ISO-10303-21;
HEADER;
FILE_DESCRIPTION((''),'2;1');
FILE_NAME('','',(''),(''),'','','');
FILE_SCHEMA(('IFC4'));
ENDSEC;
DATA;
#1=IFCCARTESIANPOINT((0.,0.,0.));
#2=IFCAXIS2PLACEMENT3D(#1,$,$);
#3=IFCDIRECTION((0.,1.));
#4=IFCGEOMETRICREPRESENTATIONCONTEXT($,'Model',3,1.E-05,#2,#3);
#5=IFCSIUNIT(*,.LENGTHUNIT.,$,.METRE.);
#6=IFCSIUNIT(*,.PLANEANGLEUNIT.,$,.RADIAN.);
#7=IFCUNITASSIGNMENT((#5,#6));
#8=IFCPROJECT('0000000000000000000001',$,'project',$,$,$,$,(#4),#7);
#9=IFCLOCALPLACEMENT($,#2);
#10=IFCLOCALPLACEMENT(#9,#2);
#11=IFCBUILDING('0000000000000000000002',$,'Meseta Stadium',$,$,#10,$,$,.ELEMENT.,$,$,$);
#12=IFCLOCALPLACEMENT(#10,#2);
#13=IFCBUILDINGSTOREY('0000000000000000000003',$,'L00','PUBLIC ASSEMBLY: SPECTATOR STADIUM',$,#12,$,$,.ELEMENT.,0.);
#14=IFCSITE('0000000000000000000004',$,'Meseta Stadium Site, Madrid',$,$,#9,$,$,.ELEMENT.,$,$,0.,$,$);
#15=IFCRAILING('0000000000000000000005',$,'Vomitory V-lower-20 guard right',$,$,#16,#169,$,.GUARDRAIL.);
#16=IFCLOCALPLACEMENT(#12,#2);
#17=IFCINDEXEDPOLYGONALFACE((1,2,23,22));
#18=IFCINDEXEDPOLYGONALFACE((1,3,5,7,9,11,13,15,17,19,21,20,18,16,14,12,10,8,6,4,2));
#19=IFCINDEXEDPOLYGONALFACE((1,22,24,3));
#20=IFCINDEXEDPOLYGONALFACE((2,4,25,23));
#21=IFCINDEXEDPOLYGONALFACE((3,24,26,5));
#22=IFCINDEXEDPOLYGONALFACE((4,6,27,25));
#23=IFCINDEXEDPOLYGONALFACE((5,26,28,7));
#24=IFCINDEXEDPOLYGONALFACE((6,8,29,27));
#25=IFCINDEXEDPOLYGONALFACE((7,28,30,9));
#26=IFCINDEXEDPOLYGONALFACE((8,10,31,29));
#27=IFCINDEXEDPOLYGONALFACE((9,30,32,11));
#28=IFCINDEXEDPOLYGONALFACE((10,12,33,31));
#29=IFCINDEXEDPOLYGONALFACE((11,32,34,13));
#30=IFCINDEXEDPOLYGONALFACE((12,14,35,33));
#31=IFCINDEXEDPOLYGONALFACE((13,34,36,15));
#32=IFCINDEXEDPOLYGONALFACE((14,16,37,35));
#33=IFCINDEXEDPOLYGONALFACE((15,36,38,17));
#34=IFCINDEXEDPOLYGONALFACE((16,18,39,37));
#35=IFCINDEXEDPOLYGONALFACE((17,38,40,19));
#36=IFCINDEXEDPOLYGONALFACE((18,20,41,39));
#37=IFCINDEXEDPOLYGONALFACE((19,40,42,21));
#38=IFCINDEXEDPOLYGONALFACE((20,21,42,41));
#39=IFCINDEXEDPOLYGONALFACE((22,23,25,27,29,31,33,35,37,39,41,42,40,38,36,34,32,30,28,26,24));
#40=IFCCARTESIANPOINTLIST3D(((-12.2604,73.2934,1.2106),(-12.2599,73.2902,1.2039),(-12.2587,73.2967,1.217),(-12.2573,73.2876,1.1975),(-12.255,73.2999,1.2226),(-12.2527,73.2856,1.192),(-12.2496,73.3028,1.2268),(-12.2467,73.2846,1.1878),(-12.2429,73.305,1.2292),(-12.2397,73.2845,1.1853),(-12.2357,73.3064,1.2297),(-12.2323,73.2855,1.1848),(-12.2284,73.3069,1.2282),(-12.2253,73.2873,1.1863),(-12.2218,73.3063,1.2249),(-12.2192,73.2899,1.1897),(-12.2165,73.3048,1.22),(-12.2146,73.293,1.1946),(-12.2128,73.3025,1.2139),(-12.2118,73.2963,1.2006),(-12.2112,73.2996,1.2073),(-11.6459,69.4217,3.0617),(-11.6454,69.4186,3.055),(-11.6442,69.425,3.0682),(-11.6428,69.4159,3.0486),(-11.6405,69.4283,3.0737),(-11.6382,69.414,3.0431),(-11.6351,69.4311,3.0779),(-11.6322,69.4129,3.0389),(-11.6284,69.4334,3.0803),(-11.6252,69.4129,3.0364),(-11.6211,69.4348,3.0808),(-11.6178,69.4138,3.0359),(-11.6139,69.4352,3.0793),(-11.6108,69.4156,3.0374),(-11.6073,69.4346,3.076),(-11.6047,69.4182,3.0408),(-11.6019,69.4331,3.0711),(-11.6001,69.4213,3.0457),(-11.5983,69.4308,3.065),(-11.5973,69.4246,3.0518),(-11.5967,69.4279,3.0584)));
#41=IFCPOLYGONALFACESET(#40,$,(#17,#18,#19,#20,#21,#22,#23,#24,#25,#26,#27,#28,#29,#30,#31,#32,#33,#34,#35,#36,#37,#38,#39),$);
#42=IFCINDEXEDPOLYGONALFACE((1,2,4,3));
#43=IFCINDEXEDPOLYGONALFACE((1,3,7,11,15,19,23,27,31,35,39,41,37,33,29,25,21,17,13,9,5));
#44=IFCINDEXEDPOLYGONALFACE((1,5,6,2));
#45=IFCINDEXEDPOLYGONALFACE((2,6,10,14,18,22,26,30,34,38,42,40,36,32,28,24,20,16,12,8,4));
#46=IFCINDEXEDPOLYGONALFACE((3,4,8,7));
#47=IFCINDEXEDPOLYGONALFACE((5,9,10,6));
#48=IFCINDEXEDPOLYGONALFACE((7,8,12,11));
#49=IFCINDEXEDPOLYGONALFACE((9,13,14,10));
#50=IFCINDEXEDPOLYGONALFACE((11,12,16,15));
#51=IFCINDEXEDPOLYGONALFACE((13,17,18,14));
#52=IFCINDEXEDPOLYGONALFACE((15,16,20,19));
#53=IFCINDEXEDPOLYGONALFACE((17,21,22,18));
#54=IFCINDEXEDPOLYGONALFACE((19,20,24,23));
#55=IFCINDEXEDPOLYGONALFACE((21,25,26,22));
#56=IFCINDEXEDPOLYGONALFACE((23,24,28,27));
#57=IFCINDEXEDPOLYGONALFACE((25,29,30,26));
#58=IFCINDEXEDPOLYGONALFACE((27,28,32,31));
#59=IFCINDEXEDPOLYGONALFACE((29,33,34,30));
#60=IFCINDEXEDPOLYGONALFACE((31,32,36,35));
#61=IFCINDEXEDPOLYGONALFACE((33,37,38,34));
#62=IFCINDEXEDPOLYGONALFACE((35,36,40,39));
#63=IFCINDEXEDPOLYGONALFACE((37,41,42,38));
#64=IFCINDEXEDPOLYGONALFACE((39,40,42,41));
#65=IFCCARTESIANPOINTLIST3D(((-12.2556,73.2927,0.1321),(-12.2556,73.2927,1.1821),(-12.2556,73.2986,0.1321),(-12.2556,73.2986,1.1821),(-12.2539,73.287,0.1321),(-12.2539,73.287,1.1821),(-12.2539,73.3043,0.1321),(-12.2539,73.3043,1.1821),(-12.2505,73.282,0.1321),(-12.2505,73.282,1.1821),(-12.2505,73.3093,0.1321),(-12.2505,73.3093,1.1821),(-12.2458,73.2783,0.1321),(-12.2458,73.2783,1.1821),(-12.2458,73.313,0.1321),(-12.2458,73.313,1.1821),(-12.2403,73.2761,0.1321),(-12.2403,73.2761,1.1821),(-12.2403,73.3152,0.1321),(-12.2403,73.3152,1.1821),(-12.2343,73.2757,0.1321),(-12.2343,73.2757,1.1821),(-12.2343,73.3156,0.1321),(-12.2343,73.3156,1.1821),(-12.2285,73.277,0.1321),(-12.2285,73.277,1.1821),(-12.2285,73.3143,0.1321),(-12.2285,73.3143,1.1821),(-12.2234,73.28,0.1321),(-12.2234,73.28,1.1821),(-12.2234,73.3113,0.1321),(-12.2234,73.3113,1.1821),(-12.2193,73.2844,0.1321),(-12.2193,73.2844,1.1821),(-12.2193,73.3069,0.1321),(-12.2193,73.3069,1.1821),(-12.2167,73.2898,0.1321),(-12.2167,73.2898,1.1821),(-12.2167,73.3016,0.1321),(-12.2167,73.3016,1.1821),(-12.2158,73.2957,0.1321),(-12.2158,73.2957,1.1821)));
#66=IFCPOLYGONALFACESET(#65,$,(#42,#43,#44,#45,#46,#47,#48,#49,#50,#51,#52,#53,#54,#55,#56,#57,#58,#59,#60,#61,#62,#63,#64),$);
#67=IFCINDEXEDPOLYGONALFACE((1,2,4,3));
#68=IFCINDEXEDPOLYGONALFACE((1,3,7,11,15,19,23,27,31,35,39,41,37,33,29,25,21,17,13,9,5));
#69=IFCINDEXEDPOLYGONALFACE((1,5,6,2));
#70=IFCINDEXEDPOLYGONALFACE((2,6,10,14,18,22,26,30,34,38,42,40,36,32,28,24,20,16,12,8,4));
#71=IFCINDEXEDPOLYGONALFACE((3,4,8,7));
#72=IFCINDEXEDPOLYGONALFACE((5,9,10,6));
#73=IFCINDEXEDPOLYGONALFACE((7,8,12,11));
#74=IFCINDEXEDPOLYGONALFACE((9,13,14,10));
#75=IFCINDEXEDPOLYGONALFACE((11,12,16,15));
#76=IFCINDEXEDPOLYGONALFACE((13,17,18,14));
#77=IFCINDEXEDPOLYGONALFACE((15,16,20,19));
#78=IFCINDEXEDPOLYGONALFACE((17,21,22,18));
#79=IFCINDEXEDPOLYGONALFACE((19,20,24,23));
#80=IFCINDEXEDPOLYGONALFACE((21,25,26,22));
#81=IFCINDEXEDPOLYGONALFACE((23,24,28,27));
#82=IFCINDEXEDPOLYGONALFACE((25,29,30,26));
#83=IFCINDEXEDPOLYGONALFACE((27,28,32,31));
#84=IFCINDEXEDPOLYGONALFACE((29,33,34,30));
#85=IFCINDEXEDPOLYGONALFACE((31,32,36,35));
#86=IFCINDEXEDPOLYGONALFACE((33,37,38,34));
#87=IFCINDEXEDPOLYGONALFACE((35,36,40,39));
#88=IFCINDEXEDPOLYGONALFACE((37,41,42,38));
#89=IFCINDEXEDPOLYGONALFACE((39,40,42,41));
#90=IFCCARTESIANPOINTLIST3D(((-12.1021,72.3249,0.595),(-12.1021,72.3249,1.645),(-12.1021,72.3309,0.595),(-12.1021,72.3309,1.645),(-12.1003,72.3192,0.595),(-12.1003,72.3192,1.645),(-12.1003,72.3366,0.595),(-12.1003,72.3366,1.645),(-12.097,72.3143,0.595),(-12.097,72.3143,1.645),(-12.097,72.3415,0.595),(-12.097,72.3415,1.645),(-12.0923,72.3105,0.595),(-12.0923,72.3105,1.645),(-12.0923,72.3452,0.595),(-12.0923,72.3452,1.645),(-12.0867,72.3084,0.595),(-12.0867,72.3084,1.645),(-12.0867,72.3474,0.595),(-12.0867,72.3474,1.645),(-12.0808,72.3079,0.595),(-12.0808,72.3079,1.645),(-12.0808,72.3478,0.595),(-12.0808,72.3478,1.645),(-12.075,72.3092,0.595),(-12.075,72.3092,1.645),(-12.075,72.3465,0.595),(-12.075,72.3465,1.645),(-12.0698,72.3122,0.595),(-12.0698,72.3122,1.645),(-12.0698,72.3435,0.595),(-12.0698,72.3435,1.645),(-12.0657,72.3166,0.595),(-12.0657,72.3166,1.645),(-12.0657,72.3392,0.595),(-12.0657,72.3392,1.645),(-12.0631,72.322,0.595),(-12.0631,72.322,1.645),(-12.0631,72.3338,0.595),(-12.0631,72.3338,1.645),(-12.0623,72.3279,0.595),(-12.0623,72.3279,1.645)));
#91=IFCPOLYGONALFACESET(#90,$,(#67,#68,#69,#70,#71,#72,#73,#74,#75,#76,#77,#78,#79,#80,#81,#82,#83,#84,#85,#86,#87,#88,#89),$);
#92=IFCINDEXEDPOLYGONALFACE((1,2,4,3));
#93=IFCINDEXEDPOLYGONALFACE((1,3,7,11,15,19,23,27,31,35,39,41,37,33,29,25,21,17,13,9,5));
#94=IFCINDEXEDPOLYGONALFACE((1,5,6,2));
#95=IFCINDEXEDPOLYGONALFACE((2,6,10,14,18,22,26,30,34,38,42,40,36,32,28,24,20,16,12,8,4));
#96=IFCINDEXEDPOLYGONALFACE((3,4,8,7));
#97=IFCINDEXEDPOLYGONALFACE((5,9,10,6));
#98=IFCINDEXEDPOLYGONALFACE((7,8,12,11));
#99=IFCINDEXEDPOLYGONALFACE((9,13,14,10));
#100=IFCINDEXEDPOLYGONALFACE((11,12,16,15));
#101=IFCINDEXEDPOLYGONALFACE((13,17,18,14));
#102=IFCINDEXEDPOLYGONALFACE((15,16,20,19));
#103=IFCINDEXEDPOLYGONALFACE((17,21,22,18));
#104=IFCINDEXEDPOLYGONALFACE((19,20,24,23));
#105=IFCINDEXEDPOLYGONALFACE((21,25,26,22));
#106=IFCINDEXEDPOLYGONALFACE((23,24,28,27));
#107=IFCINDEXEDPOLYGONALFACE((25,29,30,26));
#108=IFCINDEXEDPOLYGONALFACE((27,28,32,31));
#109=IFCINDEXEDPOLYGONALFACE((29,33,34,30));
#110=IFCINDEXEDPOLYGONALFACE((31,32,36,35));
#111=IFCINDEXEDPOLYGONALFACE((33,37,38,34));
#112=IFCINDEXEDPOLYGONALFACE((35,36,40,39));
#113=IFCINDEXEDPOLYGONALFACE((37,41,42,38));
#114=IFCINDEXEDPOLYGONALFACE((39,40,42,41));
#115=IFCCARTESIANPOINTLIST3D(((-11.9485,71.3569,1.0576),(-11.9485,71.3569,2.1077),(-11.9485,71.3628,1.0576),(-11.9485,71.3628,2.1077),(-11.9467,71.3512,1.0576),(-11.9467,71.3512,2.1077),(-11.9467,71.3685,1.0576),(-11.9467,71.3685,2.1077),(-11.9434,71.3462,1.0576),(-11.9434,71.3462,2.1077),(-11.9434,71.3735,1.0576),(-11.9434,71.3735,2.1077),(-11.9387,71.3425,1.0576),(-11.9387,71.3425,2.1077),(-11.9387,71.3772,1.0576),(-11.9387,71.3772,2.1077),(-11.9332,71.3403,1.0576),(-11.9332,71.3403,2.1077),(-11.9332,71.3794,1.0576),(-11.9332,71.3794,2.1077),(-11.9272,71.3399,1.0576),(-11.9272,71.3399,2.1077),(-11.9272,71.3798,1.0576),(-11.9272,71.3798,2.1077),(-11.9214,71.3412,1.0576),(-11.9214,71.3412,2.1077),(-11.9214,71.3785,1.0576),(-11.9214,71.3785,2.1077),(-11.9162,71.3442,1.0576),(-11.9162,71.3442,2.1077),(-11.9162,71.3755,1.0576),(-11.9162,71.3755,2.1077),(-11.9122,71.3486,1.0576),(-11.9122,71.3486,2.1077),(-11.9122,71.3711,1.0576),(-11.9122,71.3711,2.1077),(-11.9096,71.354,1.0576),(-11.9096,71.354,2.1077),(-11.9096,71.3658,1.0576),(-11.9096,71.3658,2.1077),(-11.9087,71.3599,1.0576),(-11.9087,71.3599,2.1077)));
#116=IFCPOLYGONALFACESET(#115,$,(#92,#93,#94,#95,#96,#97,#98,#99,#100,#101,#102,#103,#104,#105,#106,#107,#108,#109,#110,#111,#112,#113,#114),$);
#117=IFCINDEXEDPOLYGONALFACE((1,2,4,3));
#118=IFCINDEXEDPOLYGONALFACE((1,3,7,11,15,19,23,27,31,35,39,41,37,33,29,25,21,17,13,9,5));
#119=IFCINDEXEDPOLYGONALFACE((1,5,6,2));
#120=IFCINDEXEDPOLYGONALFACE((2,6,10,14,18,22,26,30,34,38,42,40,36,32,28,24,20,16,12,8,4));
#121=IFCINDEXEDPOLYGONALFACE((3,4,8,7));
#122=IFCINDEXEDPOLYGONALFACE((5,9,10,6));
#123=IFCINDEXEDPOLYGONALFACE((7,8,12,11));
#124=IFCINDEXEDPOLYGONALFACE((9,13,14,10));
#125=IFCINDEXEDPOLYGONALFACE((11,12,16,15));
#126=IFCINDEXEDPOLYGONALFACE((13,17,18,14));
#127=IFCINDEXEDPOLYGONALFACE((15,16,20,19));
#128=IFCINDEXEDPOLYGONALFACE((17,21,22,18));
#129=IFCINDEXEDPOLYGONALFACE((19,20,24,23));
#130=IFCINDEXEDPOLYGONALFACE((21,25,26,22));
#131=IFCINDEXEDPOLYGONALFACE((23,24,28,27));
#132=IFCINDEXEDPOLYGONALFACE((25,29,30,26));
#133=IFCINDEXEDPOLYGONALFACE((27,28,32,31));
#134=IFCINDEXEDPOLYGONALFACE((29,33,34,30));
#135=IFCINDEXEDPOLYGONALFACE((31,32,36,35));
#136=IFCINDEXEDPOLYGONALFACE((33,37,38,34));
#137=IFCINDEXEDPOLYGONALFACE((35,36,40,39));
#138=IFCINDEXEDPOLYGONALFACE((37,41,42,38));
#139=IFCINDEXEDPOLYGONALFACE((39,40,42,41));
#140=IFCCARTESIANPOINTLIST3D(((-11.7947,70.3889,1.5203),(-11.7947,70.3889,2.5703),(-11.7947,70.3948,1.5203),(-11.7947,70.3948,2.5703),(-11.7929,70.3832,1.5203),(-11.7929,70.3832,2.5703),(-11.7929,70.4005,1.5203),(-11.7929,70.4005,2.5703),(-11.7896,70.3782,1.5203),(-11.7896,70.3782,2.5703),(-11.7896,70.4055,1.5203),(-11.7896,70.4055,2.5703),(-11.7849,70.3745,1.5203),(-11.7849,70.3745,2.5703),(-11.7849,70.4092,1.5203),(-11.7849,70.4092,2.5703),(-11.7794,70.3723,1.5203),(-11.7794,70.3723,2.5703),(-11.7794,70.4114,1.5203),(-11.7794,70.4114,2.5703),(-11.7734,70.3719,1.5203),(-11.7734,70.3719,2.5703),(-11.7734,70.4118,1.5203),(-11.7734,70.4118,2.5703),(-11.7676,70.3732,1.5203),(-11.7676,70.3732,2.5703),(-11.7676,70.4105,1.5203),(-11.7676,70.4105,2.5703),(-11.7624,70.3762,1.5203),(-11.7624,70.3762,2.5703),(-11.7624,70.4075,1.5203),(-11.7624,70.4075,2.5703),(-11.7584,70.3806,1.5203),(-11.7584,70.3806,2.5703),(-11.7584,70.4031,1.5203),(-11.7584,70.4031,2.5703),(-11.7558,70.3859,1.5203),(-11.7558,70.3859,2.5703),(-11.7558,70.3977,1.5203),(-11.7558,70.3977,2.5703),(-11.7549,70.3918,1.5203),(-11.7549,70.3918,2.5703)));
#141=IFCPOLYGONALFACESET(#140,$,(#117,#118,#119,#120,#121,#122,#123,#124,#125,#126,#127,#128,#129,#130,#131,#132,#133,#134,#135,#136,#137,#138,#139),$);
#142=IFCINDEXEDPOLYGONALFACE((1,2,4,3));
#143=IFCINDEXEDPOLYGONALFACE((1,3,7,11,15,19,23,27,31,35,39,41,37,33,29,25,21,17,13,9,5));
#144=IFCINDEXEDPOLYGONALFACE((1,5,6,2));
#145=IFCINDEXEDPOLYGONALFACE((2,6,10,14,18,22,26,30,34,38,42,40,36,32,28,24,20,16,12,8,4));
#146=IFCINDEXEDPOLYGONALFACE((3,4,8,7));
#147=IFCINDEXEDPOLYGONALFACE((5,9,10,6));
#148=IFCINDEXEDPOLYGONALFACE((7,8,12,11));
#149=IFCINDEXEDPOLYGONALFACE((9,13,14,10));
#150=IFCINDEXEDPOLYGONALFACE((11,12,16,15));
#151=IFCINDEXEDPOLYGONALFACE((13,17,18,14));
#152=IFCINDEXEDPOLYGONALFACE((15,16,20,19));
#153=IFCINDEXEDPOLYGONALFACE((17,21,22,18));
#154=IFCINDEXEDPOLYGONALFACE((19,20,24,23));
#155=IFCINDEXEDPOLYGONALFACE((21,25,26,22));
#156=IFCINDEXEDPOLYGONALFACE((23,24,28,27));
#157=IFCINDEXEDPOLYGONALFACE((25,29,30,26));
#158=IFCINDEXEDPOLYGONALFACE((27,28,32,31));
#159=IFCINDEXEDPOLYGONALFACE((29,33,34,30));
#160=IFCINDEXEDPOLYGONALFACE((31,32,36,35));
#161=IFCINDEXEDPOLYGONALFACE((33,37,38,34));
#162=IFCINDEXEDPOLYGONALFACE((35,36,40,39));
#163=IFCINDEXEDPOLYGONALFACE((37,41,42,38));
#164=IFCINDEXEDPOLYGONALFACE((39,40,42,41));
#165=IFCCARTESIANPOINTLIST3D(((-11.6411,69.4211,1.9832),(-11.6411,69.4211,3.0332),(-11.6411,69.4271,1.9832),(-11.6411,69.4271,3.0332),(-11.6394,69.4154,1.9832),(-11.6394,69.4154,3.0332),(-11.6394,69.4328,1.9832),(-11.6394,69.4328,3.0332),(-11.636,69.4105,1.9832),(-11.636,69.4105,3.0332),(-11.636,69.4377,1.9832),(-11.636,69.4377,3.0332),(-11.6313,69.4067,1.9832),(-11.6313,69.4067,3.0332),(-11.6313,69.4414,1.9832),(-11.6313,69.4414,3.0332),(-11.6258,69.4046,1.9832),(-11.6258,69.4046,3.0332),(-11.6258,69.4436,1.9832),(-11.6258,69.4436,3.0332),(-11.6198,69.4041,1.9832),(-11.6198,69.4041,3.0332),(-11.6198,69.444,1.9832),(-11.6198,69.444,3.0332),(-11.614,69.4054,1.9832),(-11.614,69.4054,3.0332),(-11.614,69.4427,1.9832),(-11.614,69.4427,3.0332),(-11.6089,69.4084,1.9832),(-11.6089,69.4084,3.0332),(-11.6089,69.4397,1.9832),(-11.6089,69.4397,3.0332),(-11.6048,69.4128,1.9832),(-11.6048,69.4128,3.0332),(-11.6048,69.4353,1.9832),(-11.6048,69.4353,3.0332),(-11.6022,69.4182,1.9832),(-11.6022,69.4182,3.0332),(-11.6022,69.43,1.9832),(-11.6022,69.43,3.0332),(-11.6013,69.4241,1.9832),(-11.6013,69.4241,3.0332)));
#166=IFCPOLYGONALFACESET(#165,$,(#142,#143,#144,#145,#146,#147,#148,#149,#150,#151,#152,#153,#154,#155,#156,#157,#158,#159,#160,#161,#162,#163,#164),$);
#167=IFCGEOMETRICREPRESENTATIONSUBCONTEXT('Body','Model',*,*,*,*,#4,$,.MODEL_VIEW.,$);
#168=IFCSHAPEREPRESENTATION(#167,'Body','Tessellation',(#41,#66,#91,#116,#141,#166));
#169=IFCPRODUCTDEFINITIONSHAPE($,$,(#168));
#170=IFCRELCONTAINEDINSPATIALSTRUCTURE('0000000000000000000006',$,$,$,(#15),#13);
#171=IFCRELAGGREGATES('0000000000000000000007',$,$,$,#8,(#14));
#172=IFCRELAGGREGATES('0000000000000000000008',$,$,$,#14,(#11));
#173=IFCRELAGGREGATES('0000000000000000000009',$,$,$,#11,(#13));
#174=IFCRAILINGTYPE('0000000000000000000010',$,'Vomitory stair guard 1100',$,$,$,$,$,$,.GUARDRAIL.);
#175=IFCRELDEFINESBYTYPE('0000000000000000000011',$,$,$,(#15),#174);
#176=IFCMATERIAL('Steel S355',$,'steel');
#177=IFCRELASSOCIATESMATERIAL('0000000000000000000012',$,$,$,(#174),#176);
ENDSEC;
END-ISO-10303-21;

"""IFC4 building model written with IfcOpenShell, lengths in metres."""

from ifc_helpers import new_model, si_unit, direction, frame, origin, origin_2d, place, context, subcontext, project, spatial, circle, extrude, material, type_object, element, save


model = new_model("IFC4")

# Units and contexts
model_context = context("Model", 3, precision=1e-05, world=origin(), true_north=direction((0.0, 1.0)))
body_context = subcontext(model_context, "Body", "Model", "MODEL_VIEW")
ifc_project = project(units=[si_unit("LENGTHUNIT", "METRE"), si_unit("PLANEANGLEUNIT", "RADIAN")], contexts=[model_context])

# Site, building, storey
site_placement = place(None, origin())
site = spatial("IfcSite", under=ifc_project, at=site_placement, Name="Meseta Stadium Site, Madrid", CompositionType="ELEMENT", RefElevation=0.0)
building_placement = place(site_placement, origin())
building = spatial("IfcBuilding", under=site, at=building_placement, Name="Meseta Stadium", CompositionType="ELEMENT")
storey_placement = place(building_placement, origin())
storey = spatial("IfcBuildingStorey", under=building, at=storey_placement, Name="L00", Description="PUBLIC ASSEMBLY: SPECTATOR STADIUM", CompositionType="ELEMENT", Elevation=0.0)

# Railing
ifc_material_1 = material(Name="Steel S355", Category="steel")
railing_type_1 = type_object("IfcRailingType", Name="Vomitory stair guard 1100", PredefinedType="GUARDRAIL", material=ifc_material_1)
for number, where, name in (
    (1, (-12.2358, 73.2957, 0.1321), "Vomitory V-lower-20 guard right"),
):
    element("IfcRailing", number, at=place(storey_placement, frame(where)), inside=storey, type_object=railing_type_1, Name=name, PredefinedType="GUARDRAIL", context=body_context, shape_type="SweptSolid", body=[
        extrude(circle(Radius=0.0249, at=origin_2d()), frame((0.0, 0.0, 1.0752), z_axis=(0.14175, -0.893074, 0.426995), x_axis=(0.987637, 0.156759, 0.0)), (0.0, 0.0, 1.0), 4.3352),
        extrude(circle(Radius=0.02, at=origin_2d()), origin(), (0.0, 0.0, 1.0), 1.05),
        extrude(circle(Radius=0.02, at=origin_2d()), frame((0.1536, -0.9678, 0.4629)), (0.0, 0.0, 1.0), 1.05),
        extrude(circle(Radius=0.02, at=origin_2d()), frame((0.3071, -1.9358, 0.9255)), (0.0, 0.0, 1.0), 1.05),
        extrude(circle(Radius=0.02, at=origin_2d()), frame((0.4609, -2.9038, 1.3882)), (0.0, 0.0, 1.0), 1.05),
        extrude(circle(Radius=0.02, at=origin_2d()), frame((0.6145, -3.8716, 1.8511)), (0.0, 0.0, 1.0), 1.05),
    ])

save(model, "model.ifc")
